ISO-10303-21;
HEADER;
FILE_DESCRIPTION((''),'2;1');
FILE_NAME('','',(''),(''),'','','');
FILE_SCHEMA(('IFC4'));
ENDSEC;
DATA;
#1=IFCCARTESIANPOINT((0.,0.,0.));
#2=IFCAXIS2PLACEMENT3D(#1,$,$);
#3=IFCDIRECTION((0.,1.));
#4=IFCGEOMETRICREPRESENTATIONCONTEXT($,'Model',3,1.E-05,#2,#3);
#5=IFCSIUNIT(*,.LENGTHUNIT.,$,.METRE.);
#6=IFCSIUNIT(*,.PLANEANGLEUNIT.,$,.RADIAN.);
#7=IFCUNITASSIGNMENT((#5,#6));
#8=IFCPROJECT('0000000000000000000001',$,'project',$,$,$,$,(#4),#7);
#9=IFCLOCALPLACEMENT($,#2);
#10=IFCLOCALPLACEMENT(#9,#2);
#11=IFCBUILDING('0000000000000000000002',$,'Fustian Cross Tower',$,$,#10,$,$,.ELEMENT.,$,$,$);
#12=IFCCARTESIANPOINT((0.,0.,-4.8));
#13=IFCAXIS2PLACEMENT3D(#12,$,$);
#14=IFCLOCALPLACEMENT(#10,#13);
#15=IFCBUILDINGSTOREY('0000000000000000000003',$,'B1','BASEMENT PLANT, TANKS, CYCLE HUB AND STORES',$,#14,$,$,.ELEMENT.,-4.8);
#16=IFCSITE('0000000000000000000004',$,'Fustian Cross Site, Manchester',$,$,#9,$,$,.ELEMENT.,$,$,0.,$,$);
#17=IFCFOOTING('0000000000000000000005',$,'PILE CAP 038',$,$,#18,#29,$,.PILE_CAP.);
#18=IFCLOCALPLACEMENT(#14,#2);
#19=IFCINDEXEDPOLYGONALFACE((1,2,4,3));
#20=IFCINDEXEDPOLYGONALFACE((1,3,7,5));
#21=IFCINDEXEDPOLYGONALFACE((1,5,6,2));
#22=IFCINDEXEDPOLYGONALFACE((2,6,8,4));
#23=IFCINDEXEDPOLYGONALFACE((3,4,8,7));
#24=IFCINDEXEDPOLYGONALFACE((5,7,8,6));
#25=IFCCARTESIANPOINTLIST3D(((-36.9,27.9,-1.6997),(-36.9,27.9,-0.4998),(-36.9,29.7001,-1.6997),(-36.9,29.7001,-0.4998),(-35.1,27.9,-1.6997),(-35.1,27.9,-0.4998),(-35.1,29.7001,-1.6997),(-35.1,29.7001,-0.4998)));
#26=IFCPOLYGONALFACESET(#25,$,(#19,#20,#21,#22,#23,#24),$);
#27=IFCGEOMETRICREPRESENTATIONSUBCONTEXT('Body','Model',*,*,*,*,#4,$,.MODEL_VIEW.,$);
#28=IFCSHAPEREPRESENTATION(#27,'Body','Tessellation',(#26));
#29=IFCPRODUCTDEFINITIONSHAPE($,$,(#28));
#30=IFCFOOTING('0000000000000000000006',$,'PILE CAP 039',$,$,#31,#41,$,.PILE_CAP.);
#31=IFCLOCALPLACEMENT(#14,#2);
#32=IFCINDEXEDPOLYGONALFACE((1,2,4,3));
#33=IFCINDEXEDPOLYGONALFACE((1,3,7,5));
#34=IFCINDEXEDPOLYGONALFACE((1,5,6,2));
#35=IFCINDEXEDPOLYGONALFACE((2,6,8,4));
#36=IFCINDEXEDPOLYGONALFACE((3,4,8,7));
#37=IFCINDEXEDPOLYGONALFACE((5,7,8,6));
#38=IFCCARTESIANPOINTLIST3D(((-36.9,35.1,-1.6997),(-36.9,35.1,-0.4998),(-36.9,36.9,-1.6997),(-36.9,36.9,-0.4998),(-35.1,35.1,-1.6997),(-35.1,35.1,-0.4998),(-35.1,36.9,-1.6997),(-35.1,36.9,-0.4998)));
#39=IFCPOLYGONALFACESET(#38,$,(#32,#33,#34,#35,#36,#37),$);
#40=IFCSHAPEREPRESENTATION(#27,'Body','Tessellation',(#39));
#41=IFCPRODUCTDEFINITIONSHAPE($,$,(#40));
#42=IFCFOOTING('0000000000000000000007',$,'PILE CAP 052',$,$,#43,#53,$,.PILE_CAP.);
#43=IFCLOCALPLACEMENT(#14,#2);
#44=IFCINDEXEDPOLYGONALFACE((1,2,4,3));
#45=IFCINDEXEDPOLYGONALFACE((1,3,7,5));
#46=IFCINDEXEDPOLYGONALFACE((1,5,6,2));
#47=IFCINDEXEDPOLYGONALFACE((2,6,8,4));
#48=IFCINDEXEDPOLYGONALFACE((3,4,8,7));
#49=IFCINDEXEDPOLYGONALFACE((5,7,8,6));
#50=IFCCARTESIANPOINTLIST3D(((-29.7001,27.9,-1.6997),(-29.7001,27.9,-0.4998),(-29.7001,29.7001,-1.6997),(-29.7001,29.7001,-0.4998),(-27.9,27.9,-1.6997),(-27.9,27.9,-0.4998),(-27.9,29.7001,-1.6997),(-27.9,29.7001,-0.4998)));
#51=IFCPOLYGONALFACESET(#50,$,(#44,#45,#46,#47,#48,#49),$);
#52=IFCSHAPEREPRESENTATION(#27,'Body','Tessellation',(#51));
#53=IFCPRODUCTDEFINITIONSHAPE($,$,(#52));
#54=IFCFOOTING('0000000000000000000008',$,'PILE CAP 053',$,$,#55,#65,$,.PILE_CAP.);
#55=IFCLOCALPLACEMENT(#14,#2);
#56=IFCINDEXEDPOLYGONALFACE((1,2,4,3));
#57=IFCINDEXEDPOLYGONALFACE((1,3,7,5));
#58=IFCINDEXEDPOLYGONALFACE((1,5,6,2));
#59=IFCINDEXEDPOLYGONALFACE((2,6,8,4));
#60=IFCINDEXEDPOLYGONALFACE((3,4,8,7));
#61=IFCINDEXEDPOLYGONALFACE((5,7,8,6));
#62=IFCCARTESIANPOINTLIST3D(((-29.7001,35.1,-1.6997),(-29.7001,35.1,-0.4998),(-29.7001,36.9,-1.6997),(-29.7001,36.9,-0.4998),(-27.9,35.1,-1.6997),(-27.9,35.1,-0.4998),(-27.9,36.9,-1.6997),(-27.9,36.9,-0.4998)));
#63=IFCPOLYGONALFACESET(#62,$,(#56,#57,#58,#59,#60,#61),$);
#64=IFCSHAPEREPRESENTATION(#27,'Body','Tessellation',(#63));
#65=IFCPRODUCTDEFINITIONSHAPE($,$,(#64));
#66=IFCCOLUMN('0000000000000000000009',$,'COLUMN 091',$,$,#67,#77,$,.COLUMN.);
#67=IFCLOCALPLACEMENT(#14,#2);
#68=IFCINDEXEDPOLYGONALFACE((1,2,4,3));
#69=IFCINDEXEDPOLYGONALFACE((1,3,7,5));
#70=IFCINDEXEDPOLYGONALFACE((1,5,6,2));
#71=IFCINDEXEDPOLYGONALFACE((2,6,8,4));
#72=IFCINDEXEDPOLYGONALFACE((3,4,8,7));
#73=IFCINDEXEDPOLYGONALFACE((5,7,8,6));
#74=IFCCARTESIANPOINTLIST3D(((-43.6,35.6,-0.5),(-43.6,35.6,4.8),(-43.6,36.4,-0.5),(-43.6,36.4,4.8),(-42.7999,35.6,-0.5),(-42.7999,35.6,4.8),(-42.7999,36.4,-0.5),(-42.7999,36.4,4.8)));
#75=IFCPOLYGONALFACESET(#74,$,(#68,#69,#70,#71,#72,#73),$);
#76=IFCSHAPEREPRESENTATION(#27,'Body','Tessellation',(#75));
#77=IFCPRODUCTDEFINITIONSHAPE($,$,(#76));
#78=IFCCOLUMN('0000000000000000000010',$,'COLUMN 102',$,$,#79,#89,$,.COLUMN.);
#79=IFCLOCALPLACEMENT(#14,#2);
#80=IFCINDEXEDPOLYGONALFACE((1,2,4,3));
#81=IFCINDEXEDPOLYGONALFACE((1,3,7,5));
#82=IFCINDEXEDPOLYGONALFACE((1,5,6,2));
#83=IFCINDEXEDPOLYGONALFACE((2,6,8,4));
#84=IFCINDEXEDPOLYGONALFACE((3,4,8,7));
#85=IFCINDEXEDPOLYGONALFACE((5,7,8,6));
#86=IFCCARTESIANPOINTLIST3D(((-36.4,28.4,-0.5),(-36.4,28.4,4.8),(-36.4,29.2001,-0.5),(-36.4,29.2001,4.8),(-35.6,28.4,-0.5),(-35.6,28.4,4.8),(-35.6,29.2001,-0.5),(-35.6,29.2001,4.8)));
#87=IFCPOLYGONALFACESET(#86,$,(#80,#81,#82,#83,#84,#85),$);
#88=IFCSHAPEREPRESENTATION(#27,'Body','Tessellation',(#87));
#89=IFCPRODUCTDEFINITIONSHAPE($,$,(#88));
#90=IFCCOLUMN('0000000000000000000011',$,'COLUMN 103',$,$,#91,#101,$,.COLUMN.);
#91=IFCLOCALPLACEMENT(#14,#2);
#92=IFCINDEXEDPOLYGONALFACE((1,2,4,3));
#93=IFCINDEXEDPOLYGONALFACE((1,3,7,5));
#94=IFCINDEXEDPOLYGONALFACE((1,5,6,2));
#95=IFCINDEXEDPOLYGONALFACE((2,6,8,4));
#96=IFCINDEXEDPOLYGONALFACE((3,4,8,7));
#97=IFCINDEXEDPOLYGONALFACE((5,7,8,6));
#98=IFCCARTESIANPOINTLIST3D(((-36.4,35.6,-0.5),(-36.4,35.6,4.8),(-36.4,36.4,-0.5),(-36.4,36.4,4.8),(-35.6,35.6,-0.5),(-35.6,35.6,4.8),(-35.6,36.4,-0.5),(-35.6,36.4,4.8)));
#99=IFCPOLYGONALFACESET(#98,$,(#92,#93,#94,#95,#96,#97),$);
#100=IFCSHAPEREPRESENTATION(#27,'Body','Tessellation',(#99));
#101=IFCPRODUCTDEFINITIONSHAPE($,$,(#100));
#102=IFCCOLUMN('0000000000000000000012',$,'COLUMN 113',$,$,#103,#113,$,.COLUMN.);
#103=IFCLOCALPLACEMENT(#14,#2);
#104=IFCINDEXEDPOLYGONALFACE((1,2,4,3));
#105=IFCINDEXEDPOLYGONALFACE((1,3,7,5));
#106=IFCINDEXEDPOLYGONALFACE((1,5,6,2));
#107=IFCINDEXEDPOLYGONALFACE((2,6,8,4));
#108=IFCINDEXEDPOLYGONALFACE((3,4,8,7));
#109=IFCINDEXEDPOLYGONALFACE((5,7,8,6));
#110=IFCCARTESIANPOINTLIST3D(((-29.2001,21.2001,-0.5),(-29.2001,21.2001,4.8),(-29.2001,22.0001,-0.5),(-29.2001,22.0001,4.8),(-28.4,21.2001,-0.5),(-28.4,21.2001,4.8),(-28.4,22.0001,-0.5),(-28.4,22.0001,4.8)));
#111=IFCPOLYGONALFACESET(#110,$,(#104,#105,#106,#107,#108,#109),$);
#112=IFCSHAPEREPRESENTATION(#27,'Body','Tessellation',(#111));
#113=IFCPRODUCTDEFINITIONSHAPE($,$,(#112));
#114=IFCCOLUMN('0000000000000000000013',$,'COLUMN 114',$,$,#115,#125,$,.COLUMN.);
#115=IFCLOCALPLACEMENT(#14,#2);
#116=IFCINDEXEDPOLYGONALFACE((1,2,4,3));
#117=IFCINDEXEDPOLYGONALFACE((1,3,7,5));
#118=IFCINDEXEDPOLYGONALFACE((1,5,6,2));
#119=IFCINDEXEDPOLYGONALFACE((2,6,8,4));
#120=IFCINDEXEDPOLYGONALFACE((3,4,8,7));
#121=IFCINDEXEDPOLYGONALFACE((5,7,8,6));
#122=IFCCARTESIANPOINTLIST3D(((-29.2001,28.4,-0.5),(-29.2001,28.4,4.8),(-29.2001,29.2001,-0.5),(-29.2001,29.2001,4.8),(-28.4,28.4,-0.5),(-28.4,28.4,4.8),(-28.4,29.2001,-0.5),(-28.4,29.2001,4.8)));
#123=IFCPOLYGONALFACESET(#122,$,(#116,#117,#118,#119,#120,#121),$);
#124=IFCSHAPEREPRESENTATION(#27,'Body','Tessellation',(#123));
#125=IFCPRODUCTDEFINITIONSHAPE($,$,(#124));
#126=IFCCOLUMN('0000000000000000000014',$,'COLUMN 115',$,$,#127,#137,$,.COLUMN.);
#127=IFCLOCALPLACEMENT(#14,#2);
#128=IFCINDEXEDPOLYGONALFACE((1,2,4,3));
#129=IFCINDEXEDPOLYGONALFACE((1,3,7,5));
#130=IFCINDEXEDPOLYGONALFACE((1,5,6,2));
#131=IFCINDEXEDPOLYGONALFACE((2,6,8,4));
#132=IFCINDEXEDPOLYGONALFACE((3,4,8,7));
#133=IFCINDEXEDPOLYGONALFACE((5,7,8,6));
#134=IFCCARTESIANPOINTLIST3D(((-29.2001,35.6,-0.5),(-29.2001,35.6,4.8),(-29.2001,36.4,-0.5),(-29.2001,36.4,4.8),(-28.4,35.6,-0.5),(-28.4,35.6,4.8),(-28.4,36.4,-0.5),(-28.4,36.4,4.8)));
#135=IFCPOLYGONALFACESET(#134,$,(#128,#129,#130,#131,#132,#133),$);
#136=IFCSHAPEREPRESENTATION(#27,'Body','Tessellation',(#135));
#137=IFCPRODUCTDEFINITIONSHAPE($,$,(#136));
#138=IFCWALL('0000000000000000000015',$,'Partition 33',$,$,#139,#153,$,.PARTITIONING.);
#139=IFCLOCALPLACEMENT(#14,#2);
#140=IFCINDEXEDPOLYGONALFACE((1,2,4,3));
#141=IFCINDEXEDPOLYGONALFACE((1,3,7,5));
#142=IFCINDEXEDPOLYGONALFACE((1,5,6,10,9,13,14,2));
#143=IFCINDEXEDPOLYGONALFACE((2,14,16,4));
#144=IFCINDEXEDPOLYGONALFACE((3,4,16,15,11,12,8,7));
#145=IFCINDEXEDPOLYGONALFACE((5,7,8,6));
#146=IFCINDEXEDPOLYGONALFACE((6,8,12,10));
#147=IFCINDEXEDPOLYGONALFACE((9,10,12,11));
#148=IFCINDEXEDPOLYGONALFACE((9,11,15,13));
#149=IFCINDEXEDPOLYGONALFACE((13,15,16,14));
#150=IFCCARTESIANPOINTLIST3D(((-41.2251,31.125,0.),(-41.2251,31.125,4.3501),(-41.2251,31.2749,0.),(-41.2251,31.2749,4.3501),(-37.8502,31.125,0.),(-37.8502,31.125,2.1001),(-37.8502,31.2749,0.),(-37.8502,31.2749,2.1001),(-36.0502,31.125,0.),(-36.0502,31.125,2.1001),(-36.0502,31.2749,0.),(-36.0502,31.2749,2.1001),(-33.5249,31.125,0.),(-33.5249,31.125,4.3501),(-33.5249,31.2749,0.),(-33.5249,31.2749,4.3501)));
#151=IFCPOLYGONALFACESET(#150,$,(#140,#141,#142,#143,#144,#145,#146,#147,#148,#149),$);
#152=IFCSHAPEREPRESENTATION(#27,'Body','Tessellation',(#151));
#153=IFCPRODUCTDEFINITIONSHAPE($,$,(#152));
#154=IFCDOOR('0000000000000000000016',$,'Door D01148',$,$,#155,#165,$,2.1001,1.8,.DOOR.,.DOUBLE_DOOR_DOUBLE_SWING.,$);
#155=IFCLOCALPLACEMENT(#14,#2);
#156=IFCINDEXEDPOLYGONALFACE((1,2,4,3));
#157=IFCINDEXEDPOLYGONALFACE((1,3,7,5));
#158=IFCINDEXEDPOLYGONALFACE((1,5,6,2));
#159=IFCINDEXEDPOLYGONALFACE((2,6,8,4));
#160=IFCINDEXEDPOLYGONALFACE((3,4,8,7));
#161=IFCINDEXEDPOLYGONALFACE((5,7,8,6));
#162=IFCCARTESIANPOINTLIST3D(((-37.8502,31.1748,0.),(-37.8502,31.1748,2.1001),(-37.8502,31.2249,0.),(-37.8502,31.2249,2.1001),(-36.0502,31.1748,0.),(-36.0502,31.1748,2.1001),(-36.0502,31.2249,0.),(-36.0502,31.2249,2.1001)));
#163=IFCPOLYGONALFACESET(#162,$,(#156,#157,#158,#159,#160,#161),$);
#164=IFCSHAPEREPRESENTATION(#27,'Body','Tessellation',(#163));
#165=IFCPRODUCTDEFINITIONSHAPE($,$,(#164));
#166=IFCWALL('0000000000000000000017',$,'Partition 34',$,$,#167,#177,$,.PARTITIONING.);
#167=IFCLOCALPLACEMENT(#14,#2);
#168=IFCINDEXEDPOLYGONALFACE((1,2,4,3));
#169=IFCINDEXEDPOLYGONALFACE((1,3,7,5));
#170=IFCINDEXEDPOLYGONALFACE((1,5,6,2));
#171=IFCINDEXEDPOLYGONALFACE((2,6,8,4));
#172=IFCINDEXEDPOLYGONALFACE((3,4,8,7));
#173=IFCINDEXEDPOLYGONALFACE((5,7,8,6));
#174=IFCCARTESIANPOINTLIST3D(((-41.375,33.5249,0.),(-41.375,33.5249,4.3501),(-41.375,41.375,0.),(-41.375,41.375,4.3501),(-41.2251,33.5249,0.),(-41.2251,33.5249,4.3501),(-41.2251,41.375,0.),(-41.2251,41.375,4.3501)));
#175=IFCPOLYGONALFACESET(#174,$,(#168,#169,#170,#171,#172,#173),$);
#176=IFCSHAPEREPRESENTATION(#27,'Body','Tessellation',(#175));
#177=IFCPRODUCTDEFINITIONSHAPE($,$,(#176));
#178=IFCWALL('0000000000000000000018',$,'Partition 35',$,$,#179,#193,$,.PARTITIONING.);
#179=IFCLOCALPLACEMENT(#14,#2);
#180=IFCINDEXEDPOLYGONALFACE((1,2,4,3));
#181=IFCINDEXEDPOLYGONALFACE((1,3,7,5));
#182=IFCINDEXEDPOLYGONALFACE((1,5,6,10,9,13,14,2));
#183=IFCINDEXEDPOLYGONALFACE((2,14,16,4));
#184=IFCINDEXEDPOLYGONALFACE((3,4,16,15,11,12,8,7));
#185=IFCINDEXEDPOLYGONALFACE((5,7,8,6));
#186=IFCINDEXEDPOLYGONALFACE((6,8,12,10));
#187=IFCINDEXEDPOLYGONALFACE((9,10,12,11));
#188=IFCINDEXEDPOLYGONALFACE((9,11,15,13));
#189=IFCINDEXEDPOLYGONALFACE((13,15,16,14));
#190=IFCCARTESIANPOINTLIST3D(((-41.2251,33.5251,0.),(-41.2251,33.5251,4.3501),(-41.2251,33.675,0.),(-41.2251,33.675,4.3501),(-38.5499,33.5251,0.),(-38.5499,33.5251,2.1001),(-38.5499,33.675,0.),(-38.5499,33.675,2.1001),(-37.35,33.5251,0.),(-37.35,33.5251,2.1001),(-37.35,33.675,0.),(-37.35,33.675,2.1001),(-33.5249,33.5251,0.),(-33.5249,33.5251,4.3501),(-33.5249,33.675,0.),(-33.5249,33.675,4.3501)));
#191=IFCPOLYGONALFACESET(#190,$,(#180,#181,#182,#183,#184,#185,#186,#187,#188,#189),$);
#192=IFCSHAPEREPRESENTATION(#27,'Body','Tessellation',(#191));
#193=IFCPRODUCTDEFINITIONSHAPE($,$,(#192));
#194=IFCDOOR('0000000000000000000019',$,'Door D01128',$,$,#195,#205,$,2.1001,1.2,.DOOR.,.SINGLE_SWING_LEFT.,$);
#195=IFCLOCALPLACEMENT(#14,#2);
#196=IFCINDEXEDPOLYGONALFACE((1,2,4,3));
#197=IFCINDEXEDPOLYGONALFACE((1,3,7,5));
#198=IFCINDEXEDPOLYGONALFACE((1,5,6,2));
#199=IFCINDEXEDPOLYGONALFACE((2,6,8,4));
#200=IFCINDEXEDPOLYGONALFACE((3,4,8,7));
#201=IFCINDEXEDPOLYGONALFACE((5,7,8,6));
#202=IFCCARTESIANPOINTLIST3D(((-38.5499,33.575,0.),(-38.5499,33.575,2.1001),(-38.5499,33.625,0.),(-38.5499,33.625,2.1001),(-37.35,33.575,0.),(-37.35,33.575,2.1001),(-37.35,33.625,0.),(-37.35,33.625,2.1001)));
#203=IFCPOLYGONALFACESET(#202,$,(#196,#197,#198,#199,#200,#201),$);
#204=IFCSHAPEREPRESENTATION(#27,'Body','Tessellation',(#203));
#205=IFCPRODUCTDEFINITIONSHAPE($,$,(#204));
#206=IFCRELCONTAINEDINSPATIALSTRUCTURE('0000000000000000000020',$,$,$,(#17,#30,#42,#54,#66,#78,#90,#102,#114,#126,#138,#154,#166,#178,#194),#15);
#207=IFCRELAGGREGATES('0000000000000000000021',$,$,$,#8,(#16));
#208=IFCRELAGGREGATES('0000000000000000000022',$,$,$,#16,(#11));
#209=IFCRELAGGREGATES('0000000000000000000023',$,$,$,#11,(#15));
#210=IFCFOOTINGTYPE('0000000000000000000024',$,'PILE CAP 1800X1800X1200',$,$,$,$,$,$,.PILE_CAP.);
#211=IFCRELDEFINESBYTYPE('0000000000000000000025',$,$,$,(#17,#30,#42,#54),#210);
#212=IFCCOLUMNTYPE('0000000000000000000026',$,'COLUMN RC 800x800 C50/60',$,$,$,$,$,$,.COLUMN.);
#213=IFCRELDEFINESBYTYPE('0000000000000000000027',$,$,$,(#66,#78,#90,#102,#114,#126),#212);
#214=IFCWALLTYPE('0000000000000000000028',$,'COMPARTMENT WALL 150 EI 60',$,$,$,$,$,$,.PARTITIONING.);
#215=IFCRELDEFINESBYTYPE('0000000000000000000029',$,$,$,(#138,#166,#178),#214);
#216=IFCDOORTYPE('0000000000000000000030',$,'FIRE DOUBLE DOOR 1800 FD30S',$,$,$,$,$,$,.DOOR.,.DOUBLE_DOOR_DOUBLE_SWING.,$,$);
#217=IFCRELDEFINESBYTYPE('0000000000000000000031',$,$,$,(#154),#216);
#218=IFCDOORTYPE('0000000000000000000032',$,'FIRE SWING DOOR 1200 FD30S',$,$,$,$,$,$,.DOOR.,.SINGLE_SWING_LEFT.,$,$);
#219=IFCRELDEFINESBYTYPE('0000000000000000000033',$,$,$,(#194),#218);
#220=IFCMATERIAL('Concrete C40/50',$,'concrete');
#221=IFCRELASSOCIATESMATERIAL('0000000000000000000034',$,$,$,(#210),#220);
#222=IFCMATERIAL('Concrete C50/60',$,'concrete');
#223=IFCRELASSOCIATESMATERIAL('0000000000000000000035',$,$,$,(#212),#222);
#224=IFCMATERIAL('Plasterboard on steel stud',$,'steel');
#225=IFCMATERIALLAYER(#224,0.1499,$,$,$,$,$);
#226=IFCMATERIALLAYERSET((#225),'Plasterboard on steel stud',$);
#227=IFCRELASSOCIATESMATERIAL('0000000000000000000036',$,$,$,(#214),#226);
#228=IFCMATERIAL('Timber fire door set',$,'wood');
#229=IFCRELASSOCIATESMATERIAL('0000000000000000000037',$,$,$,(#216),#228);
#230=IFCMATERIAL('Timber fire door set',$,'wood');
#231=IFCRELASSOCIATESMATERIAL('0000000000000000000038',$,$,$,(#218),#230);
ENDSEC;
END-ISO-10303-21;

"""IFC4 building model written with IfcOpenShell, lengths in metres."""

from ifc_helpers import new_model, si_unit, direction, frame, frame_2d, origin, origin_2d, place, context, subcontext, project, spatial, rectangle, extrude, material, layer, layer_set, material_profile, profile_set, type_object, element, fill, save


model = new_model("IFC4")

# Units and contexts
model_context = context("Model", 3, precision=1e-05, world=origin(), true_north=direction((0.0, 1.0)))
body_context = subcontext(model_context, "Body", "Model", "MODEL_VIEW")
ifc_project = project(units=[si_unit("LENGTHUNIT", "METRE"), si_unit("PLANEANGLEUNIT", "RADIAN")], contexts=[model_context])

# Site, building, storey
site_placement = place(None, origin())
site = spatial("IfcSite", under=ifc_project, at=site_placement, Name="Fustian Cross Site, Manchester", CompositionType="ELEMENT", RefElevation=0.0)
building_placement = place(site_placement, origin())
building = spatial("IfcBuilding", under=site, at=building_placement, Name="Fustian Cross Tower", CompositionType="ELEMENT")
storey_placement = place(building_placement, frame((0.0, 0.0, -4.8)))
storey = spatial("IfcBuildingStorey", under=building, at=storey_placement, Name="B1", Description="BASEMENT PLANT, TANKS, CYCLE HUB AND STORES", CompositionType="ELEMENT", Elevation=-4.8)

# Footings
ifc_material_1 = material(Name="Concrete C40/50", Category="concrete")
footing_type = type_object("IfcFootingType", Name="PILE CAP 1800X1800X1200", PredefinedType="PILE_CAP", material=ifc_material_1)
for number, where, z_axis, x_axis, name in (
    (1, (-36.0, 28.8, -1.6997), (0.0, 0.0, 1.0), (1.0, 0.0, 0.0), "PILE CAP 038"),
    (2, (-36.0, 36.0, -1.6997), (0.0, 0.0, 1.0), (1.0, 0.0, 0.0), "PILE CAP 039"),
    (3, (-28.8, 28.8, -1.6997), (0.0, 0.0, 1.0), (1.0, 0.0, 0.0), "PILE CAP 052"),
    (4, (-28.8, 36.0, -1.6997), (0.0, 0.0, 1.0), (1.0, 0.0, 0.0), "PILE CAP 053"),
):
    element("IfcFooting", number, at=place(storey_placement, frame(where, z_axis=z_axis, x_axis=x_axis)), inside=storey, type_object=footing_type, Name=name, PredefinedType="PILE_CAP", context=body_context, shape_type="SweptSolid", body=[
        extrude(rectangle(XDim=1.8, YDim=1.8, at=origin_2d()), origin(), (0.0, 0.0, 1.0), 1.2),
    ])

# Columns
ifc_material_2 = material(Name="Concrete C50/60", Category="concrete")
ifc_material_profile_1 = material_profile(ifc_material_2, rectangle(XDim=0.8, YDim=0.8, at=origin_2d()), Name="RC 800x800")
ifc_profile_set_1 = profile_set([ifc_material_profile_1], Name="Concrete C50/60")
column_type = type_object("IfcColumnType", Name="COLUMN RC 800x800 C50/60", PredefinedType="COLUMN", material=ifc_profile_set_1)
for number, where, z_axis, x_axis, name in (
    (5, (-43.2, 36.0, -0.5), (0.0, 0.0, 1.0), (1.0, 0.0, 0.0), "COLUMN 091"),
    (6, (-36.0, 28.8, -0.5), (0.0, 0.0, 1.0), (1.0, 0.0, 0.0), "COLUMN 102"),
    (7, (-36.0, 36.0, -0.5), (0.0, 0.0, 1.0), (1.0, 0.0, 0.0), "COLUMN 103"),
    (8, (-28.8, 21.6001, -0.5), (0.0, 0.0, 1.0), (1.0, 0.0, 0.0), "COLUMN 113"),
    (9, (-28.8, 28.8, -0.5), (0.0, 0.0, 1.0), (1.0, 0.0, 0.0), "COLUMN 114"),
    (10, (-28.8, 36.0, -0.5), (0.0, 0.0, 1.0), (1.0, 0.0, 0.0), "COLUMN 115"),
):
    element("IfcColumn", number, at=place(storey_placement, frame(where, z_axis=z_axis, x_axis=x_axis)), inside=storey, type_object=column_type, Name=name, PredefinedType="COLUMN", context=body_context, shape_type="SweptSolid", body=[
        extrude(rectangle(XDim=0.8, YDim=0.8, at=origin_2d()), origin(), (0.0, 0.0, 1.0), 5.3),
    ])

# Wall, opening, door
ifc_material_3 = material(Name="Plasterboard on steel stud", Category="steel")
ifc_layer = layer(ifc_material_3, 0.1499)
ifc_layer_set = layer_set([ifc_layer], Name="Plasterboard on steel stud")
wall_type = type_object("IfcWallType", Name="COMPARTMENT WALL 150 EI 60", PredefinedType="PARTITIONING", material=ifc_layer_set)
wall_1_placement = place(storey_placement, frame((-41.2251, 31.2, 0.0), z_axis=(0.0, 0.0, 1.0), x_axis=(1.0, 0.0, 0.0)))
wall_1 = element("IfcWall", 11, at=wall_1_placement, inside=storey, type_object=wall_type, Name="Partition 33", PredefinedType="PARTITIONING", context=body_context, shape_type="SweptSolid", body=[
    extrude(rectangle(XDim=7.7002, YDim=0.1499, at=frame_2d((3.8501, 0.0))), origin(), (0.0, 0.0, 1.0), 4.3501),
])
opening_1_placement = place(wall_1_placement, frame((3.375, 0.0, 0.0)))
opening_1 = element("IfcOpeningElement", 12, at=opening_1_placement, cuts=wall_1, PredefinedType="OPENING", context=body_context, shape_type="SweptSolid", body=[
    extrude(rectangle(XDim=1.8, YDim=2.1001, at=frame_2d((0.8999, 1.05))), frame((0.0, 0.085, 0.0), z_axis=(0.0, -1.0, 0.0), x_axis=(1.0, 0.0, 0.0)), (0.0, 0.0, 1.0), 0.1699),
])
ifc_material_4 = material(Name="Timber fire door set", Category="wood")
door_type_1 = type_object("IfcDoorType", Name="FIRE DOUBLE DOOR 1800 FD30S", OperationType="DOUBLE_DOOR_DOUBLE_SWING", PredefinedType="DOOR", material=ifc_material_4)
door_1_placement = place(opening_1_placement, origin())
door_1 = element("IfcDoor", 13, at=door_1_placement, inside=storey, type_object=door_type_1, Name="Door D01148", OperationType="DOUBLE_DOOR_DOUBLE_SWING", OverallHeight=2.1001, OverallWidth=1.8, PredefinedType="DOOR", context=body_context, shape_type="SweptSolid", body=[
    extrude(rectangle(XDim=1.8, YDim=2.1001, at=frame_2d((0.8999, 1.05))), frame((0.0, 0.0249, 0.0), z_axis=(0.0, -1.0, 0.0), x_axis=(1.0, 0.0, 0.0)), (0.0, 0.0, 1.0), 0.05),
])
fill(opening_1, door_1)

# Wall
wall_2_placement = place(storey_placement, frame((-41.3, 33.5249, 0.0), z_axis=(0.0, 0.0, 1.0), x_axis=(0.0, 1.0, 0.0)))
element("IfcWall", 14, at=wall_2_placement, inside=storey, type_object=wall_type, Name="Partition 34", PredefinedType="PARTITIONING", context=body_context, shape_type="SweptSolid", body=[
    extrude(rectangle(XDim=7.8501, YDim=0.1499, at=frame_2d((3.925, 0.0))), origin(), (0.0, 0.0, 1.0), 4.3501),
])

# Wall, opening, door
wall_3_placement = place(storey_placement, frame((-41.2251, 33.6001, 0.0), z_axis=(0.0, 0.0, 1.0), x_axis=(1.0, 0.0, 0.0)))
wall_3 = element("IfcWall", 15, at=wall_3_placement, inside=storey, type_object=wall_type, Name="Partition 35", PredefinedType="PARTITIONING", context=body_context, shape_type="SweptSolid", body=[
    extrude(rectangle(XDim=7.7002, YDim=0.1499, at=frame_2d((3.8501, 0.0))), origin(), (0.0, 0.0, 1.0), 4.3501),
])
opening_2_placement = place(wall_3_placement, frame((2.675, 0.0, 0.0)))
opening_2 = element("IfcOpeningElement", 16, at=opening_2_placement, cuts=wall_3, PredefinedType="OPENING", context=body_context, shape_type="SweptSolid", body=[
    extrude(rectangle(XDim=1.2, YDim=2.1001, at=frame_2d((0.6001, 1.05))), frame((0.0, 0.085, 0.0), z_axis=(0.0, -1.0, 0.0), x_axis=(1.0, 0.0, 0.0)), (0.0, 0.0, 1.0), 0.1699),
])
ifc_material_5 = material(Name="Timber fire door set", Category="wood")
door_type_2 = type_object("IfcDoorType", Name="FIRE SWING DOOR 1200 FD30S", OperationType="SINGLE_SWING_LEFT", PredefinedType="DOOR", material=ifc_material_5)
door_2_placement = place(opening_2_placement, origin())
door_2 = element("IfcDoor", 17, at=door_2_placement, inside=storey, type_object=door_type_2, Name="Door D01128", OperationType="SINGLE_SWING_LEFT", OverallHeight=2.1001, OverallWidth=1.2, PredefinedType="DOOR", context=body_context, shape_type="SweptSolid", body=[
    extrude(rectangle(XDim=1.2, YDim=2.1001, at=frame_2d((0.6001, 1.05))), frame((0.0, 0.0249, 0.0), z_axis=(0.0, -1.0, 0.0), x_axis=(1.0, 0.0, 0.0)), (0.0, 0.0, 1.0), 0.05),
])
fill(opening_2, door_2)

save(model, "model.ifc")
